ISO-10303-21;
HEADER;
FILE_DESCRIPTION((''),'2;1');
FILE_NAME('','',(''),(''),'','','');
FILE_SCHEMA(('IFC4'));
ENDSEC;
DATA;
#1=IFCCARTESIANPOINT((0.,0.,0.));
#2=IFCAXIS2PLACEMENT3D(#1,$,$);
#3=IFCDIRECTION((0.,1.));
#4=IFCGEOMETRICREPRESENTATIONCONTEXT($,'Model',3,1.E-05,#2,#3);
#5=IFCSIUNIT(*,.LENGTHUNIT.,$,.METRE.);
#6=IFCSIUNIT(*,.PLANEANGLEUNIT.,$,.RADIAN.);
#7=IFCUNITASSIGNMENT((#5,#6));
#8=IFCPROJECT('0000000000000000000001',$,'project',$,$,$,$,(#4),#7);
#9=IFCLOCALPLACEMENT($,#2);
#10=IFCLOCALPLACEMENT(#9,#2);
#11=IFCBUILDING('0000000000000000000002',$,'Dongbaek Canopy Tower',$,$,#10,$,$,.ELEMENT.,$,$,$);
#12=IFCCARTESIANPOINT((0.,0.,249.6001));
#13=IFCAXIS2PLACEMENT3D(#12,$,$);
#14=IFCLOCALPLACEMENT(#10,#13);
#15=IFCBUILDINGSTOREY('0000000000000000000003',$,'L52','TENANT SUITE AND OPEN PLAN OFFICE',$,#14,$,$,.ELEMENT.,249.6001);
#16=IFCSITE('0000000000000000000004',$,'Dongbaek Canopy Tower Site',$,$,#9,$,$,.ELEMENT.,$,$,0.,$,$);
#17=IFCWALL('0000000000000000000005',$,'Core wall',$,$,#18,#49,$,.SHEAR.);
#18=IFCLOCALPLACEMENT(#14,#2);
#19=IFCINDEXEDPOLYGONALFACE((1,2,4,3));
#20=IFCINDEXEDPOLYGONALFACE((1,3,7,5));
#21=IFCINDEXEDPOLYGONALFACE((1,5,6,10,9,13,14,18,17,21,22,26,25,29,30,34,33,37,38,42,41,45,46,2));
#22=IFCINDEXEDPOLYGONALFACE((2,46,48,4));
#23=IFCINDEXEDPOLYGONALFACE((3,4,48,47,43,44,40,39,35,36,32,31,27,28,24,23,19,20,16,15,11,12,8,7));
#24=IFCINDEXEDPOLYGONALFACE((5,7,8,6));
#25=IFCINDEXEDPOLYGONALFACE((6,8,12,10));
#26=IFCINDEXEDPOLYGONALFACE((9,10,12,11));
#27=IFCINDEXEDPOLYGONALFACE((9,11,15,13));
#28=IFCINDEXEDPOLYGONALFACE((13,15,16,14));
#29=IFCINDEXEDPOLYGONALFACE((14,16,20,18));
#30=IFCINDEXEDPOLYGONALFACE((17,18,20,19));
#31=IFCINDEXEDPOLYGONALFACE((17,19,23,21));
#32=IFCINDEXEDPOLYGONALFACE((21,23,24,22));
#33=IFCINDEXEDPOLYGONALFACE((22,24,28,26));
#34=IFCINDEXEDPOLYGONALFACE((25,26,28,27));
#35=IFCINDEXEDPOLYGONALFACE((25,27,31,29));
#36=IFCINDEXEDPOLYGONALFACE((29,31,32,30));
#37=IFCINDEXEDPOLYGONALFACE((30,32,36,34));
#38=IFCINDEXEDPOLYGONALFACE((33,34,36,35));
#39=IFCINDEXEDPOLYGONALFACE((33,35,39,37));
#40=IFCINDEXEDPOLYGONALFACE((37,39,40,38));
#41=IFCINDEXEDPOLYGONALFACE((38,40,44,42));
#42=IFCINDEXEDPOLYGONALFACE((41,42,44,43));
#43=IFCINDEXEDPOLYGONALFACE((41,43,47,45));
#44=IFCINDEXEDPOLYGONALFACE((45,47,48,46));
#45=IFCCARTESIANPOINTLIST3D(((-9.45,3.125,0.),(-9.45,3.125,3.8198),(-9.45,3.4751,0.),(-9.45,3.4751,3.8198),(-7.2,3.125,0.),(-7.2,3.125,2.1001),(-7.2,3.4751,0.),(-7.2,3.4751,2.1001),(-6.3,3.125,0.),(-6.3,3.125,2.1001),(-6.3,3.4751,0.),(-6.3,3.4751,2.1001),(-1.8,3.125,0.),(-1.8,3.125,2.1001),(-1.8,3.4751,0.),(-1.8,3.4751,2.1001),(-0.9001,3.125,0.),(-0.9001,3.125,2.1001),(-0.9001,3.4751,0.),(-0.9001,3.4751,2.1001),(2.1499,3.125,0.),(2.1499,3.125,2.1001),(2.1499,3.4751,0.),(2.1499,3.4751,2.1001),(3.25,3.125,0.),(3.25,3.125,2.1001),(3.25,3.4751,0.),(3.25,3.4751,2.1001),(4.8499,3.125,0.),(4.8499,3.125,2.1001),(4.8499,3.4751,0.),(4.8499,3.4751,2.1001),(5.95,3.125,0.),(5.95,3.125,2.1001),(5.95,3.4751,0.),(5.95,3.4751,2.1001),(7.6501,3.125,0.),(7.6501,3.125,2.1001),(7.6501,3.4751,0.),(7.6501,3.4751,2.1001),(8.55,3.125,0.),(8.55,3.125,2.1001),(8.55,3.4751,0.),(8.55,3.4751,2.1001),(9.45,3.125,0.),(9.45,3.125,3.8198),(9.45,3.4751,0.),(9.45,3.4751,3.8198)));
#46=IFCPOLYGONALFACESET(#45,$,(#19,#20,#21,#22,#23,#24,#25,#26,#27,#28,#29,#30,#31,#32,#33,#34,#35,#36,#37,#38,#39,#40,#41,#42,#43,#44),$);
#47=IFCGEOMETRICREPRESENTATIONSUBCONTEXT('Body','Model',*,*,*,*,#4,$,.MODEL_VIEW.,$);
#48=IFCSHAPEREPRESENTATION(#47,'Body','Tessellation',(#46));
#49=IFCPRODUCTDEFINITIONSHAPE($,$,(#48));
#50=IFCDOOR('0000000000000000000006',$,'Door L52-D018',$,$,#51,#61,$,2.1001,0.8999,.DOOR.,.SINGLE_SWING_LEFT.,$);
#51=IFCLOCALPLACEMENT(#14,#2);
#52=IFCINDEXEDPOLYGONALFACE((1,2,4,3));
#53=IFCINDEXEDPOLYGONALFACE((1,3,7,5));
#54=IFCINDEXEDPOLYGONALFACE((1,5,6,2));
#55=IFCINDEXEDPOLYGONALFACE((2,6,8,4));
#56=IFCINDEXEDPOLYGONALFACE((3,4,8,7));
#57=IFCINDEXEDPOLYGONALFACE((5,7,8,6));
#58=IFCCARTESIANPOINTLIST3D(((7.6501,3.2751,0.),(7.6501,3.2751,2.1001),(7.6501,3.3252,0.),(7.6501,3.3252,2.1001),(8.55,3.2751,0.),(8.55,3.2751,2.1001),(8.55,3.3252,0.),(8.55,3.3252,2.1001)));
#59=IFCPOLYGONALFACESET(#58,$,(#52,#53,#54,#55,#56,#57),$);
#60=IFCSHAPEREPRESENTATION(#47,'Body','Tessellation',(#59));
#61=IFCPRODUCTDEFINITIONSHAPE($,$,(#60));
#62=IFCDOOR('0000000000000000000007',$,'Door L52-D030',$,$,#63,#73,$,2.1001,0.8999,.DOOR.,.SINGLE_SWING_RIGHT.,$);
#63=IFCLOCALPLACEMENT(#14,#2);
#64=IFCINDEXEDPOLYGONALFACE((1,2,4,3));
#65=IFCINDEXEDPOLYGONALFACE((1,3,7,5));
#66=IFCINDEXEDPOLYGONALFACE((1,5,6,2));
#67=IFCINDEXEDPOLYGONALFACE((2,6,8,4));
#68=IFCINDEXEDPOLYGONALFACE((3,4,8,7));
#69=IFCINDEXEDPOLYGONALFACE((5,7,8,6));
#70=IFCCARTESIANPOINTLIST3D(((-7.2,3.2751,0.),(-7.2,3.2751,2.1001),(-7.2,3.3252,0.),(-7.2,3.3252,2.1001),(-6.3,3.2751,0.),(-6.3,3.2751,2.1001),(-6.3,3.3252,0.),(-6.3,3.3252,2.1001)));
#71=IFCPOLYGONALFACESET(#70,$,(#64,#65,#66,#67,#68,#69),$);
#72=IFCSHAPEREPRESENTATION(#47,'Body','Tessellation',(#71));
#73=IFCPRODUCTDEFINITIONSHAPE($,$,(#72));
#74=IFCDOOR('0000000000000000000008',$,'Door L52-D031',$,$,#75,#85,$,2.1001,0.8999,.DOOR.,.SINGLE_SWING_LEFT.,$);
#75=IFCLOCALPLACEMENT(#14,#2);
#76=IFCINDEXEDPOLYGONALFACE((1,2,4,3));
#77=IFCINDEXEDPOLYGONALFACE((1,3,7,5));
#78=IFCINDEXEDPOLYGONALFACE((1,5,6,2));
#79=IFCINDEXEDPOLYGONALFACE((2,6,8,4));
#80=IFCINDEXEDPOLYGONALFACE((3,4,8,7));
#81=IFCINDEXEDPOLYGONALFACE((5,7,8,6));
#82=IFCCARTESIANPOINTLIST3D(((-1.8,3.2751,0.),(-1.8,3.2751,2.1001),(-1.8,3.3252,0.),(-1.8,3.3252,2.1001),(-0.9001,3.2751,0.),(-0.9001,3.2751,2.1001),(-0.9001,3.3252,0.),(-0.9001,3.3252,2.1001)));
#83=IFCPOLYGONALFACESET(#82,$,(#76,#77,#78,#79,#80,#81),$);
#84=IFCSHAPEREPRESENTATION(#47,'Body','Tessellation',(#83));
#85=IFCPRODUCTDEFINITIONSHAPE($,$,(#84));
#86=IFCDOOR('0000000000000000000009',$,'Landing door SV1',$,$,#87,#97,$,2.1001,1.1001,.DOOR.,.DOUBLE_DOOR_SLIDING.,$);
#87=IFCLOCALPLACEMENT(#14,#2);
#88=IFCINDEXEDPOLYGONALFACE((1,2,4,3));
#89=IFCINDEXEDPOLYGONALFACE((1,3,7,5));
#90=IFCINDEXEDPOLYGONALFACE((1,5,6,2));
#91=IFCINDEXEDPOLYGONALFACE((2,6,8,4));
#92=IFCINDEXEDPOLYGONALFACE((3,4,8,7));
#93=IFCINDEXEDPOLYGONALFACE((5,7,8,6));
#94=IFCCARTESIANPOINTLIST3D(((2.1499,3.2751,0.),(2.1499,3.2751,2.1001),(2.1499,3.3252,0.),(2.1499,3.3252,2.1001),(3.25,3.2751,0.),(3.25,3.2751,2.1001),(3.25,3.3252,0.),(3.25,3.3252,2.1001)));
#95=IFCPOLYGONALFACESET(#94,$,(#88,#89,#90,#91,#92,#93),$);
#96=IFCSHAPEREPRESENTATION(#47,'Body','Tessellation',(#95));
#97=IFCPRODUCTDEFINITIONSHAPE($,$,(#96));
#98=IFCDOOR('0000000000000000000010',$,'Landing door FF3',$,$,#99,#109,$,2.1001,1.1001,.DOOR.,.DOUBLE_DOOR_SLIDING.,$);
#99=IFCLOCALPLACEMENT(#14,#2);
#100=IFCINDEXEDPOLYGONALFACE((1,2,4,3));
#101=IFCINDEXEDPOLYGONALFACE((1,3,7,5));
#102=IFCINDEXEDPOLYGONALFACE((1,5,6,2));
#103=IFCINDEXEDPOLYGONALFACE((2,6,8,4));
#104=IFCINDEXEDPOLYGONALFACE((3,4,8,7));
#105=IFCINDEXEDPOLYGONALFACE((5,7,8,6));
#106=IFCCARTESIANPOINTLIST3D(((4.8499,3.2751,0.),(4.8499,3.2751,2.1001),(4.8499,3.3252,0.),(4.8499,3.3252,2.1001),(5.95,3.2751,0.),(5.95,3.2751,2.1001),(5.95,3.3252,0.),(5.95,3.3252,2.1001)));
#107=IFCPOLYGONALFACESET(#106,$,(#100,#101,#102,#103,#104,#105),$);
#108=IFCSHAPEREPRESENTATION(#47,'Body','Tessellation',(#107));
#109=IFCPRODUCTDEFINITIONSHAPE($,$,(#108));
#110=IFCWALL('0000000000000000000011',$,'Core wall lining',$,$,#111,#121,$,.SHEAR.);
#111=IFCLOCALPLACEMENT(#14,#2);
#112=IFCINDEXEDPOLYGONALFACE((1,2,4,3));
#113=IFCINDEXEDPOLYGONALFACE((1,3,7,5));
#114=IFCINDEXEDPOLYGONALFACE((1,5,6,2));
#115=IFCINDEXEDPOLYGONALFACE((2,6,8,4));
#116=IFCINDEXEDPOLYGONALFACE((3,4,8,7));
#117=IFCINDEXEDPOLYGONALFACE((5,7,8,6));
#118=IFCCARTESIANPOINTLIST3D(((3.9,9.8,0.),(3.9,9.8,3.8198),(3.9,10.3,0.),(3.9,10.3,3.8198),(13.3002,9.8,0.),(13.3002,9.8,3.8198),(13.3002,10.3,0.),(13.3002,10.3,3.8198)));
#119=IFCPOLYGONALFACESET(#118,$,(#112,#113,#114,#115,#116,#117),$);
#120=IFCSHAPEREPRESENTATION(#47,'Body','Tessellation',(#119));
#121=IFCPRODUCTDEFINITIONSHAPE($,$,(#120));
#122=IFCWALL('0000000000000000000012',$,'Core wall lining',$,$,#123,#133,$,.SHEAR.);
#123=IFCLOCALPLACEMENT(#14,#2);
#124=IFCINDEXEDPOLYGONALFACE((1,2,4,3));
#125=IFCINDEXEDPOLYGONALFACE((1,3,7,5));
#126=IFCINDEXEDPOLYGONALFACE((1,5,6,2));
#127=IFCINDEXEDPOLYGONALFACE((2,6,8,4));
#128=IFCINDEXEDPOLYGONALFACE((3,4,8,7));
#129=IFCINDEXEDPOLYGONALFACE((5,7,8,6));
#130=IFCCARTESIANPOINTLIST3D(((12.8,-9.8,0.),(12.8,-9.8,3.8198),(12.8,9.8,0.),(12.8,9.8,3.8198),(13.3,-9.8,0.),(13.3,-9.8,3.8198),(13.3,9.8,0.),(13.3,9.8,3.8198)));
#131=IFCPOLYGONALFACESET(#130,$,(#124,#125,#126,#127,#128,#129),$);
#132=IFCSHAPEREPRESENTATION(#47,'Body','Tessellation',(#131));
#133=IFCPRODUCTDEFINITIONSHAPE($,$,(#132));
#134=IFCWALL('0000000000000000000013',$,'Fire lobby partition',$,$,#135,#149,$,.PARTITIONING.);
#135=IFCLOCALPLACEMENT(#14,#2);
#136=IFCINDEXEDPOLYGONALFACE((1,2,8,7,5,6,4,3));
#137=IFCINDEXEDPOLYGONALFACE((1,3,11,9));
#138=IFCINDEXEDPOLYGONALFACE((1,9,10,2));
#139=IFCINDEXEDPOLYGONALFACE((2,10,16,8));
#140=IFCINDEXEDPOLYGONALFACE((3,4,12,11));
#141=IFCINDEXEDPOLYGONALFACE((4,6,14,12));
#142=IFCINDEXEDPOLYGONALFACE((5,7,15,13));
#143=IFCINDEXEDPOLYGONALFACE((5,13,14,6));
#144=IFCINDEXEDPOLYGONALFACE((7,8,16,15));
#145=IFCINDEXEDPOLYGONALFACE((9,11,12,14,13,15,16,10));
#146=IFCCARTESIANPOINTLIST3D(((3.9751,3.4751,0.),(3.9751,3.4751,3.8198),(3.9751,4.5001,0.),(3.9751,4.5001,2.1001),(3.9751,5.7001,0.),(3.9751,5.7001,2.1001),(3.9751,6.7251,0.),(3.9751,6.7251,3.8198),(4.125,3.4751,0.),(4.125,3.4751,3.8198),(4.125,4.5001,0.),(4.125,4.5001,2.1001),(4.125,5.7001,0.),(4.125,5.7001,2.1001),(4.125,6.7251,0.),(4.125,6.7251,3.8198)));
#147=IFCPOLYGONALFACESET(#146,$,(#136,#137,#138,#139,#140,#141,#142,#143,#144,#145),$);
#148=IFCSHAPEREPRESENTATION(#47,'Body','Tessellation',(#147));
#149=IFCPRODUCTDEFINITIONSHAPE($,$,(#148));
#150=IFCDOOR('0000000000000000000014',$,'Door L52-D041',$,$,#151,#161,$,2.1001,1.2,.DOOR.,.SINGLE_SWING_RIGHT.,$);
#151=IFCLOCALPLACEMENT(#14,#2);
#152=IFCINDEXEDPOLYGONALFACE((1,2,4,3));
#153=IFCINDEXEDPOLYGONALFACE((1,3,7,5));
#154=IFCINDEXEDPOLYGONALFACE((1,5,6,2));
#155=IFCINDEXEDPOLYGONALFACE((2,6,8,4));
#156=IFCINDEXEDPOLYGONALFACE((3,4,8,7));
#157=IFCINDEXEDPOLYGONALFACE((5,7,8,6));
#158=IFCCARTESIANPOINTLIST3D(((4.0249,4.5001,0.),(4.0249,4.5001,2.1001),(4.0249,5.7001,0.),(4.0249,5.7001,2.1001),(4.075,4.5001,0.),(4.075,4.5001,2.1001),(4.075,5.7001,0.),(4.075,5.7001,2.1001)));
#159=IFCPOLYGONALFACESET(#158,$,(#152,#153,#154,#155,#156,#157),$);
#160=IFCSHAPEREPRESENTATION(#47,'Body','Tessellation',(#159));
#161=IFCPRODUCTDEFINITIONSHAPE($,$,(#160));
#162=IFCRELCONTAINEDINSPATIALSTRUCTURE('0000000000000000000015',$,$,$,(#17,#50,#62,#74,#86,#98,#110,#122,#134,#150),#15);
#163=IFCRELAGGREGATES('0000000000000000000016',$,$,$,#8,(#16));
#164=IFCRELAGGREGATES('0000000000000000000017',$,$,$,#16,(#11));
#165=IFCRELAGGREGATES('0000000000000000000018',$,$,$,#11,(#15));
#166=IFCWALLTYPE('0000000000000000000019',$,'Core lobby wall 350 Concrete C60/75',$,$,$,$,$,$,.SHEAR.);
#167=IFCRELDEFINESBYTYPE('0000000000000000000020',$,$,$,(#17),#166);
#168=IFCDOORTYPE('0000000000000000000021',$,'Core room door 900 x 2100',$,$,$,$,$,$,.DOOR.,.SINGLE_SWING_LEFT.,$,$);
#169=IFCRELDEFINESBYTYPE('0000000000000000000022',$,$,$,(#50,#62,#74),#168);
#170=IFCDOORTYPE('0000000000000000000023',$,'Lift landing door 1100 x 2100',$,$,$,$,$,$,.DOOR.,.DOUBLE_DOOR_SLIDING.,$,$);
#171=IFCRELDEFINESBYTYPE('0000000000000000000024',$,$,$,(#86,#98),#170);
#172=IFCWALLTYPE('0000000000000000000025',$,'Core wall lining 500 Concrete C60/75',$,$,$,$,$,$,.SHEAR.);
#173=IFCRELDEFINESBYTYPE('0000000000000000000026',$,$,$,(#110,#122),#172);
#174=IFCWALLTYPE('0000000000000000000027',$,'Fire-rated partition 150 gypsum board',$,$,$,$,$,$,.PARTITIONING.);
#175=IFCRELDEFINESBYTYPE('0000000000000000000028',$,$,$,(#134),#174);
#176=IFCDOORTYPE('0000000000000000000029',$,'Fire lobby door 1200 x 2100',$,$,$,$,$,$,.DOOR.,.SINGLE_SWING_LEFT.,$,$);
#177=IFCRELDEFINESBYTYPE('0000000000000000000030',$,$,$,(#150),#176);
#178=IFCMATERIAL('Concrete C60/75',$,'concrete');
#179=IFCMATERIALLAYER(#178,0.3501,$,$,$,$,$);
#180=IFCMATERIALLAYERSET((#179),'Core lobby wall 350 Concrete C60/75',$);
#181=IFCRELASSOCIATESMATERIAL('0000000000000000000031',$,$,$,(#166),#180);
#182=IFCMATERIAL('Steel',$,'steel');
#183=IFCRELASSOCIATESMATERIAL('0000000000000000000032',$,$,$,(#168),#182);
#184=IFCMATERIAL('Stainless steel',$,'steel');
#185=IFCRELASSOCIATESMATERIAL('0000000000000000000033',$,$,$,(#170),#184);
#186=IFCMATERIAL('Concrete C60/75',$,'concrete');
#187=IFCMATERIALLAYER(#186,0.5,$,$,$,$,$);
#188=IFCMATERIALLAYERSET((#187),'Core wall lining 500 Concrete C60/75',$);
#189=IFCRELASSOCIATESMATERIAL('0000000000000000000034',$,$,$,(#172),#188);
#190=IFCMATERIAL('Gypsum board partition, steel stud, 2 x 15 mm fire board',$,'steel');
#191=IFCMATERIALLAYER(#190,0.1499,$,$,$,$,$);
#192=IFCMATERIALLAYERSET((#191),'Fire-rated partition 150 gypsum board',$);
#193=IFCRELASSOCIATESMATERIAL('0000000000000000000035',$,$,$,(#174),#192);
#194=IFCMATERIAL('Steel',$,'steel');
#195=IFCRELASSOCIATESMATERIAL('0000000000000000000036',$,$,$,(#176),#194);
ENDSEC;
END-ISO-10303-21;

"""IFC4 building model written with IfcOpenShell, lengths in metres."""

from ifc_helpers import new_model, si_unit, direction, frame, frame_2d, origin, place, context, subcontext, project, spatial, rectangle, extrude, material, layer, layer_set, type_object, element, fill, save


model = new_model("IFC4")

# Units and contexts
model_context = context("Model", 3, precision=1e-05, world=origin(), true_north=direction((0.0, 1.0)))
body_context = subcontext(model_context, "Body", "Model", "MODEL_VIEW")
ifc_project = project(units=[si_unit("LENGTHUNIT", "METRE"), si_unit("PLANEANGLEUNIT", "RADIAN")], contexts=[model_context])

# Site, building, storey
site_placement = place(None, origin())
site = spatial("IfcSite", under=ifc_project, at=site_placement, Name="Dongbaek Canopy Tower Site", CompositionType="ELEMENT", RefElevation=0.0)
building_placement = place(site_placement, origin())
building = spatial("IfcBuilding", under=site, at=building_placement, Name="Dongbaek Canopy Tower", CompositionType="ELEMENT")
storey_placement = place(building_placement, frame((0.0, 0.0, 249.6001)))
storey = spatial("IfcBuildingStorey", under=building, at=storey_placement, Name="L52", Description="TENANT SUITE AND OPEN PLAN OFFICE", CompositionType="ELEMENT", Elevation=249.6001)

# Wall, openings, doors
ifc_material_1 = material(Name="Concrete C60/75", Category="concrete")
ifc_layer_1 = layer(ifc_material_1, 0.3501)
ifc_layer_set_1 = layer_set([ifc_layer_1], Name="Core lobby wall 350 Concrete C60/75")
wall_type_1 = type_object("IfcWallType", Name="Core lobby wall 350 Concrete C60/75", PredefinedType="SHEAR", material=ifc_layer_set_1)
wall_1_placement = place(storey_placement, frame((9.45, 3.3, 0.0), z_axis=(0.0, 0.0, 1.0), x_axis=(-1.0, 0.0, 0.0)))
wall_1 = element("IfcWall", 1, at=wall_1_placement, inside=storey, type_object=wall_type_1, Name="Core wall", PredefinedType="SHEAR", context=body_context, shape_type="SweptSolid", body=[
    extrude(rectangle(XDim=18.8999, YDim=0.3501, at=frame_2d((9.45, 0.0))), origin(), (0.0, 0.0, 1.0), 3.8198),
])
opening_1_placement = place(wall_1_placement, frame((6.2, 0.0, 0.0)))
opening_1 = element("IfcOpeningElement", 2, at=opening_1_placement, cuts=wall_1, PredefinedType="OPENING", context=body_context, shape_type="SweptSolid", body=[
    extrude(rectangle(XDim=1.1001, YDim=2.1001, at=frame_2d((0.55, 1.05))), frame((0.0, 0.1851, 0.0), z_axis=(0.0, -1.0, 0.0), x_axis=(1.0, 0.0, 0.0)), (0.0, 0.0, 1.0), 0.3701),
])
opening_2_placement = place(wall_1_placement, frame((3.5, 0.0, 0.0)))
opening_2 = element("IfcOpeningElement", 3, at=opening_2_placement, cuts=wall_1, PredefinedType="OPENING", context=body_context, shape_type="SweptSolid", body=[
    extrude(rectangle(XDim=1.1001, YDim=2.1001, at=frame_2d((0.55, 1.05))), frame((0.0, 0.1851, 0.0), z_axis=(0.0, -1.0, 0.0), x_axis=(1.0, 0.0, 0.0)), (0.0, 0.0, 1.0), 0.3701),
])
opening_3_placement = place(wall_1_placement, frame((0.8999, 0.0, 0.0)))
opening_3 = element("IfcOpeningElement", 4, at=opening_3_placement, cuts=wall_1, PredefinedType="OPENING", context=body_context, shape_type="SweptSolid", body=[
    extrude(rectangle(XDim=0.8999, YDim=2.1001, at=frame_2d((0.45, 1.05))), frame((0.0, 0.1851, 0.0), z_axis=(0.0, -1.0, 0.0), x_axis=(1.0, 0.0, 0.0)), (0.0, 0.0, 1.0), 0.3701),
])
opening_4_placement = place(wall_1_placement, frame((15.75, 0.0, 0.0)))
opening_4 = element("IfcOpeningElement", 5, at=opening_4_placement, cuts=wall_1, PredefinedType="OPENING", context=body_context, shape_type="SweptSolid", body=[
    extrude(rectangle(XDim=0.8999, YDim=2.1001, at=frame_2d((0.45, 1.05))), frame((0.0, 0.1851, 0.0), z_axis=(0.0, -1.0, 0.0), x_axis=(1.0, 0.0, 0.0)), (0.0, 0.0, 1.0), 0.3701),
])
opening_5_placement = place(wall_1_placement, frame((10.3501, 0.0, 0.0)))
opening_5 = element("IfcOpeningElement", 6, at=opening_5_placement, cuts=wall_1, PredefinedType="OPENING", context=body_context, shape_type="SweptSolid", body=[
    extrude(rectangle(XDim=0.8999, YDim=2.1001, at=frame_2d((0.45, 1.05))), frame((0.0, 0.1851, 0.0), z_axis=(0.0, -1.0, 0.0), x_axis=(1.0, 0.0, 0.0)), (0.0, 0.0, 1.0), 0.3701),
])
ifc_material_2 = material(Name="Steel", Category="steel")
door_type_1 = type_object("IfcDoorType", Name="Core room door 900 x 2100", OperationType="SINGLE_SWING_LEFT", PredefinedType="DOOR", material=ifc_material_2)
door_1_placement = place(opening_3_placement, origin())
door_1 = element("IfcDoor", 7, at=door_1_placement, inside=storey, type_object=door_type_1, Name="Door L52-D018", OperationType="SINGLE_SWING_LEFT", OverallHeight=2.1001, OverallWidth=0.8999, PredefinedType="DOOR", context=body_context, shape_type="SweptSolid", body=[
    extrude(rectangle(XDim=0.8999, YDim=2.1001, at=frame_2d((0.45, 1.05))), frame((0.0, 0.0249, 0.0), z_axis=(0.0, -1.0, 0.0), x_axis=(1.0, 0.0, 0.0)), (0.0, 0.0, 1.0), 0.05),
])
fill(opening_3, door_1)
door_2_placement = place(opening_4_placement, origin())
door_2 = element("IfcDoor", 8, at=door_2_placement, inside=storey, type_object=door_type_1, Name="Door L52-D030", OperationType="SINGLE_SWING_RIGHT", OverallHeight=2.1001, OverallWidth=0.8999, PredefinedType="DOOR", context=body_context, shape_type="SweptSolid", body=[
    extrude(rectangle(XDim=0.8999, YDim=2.1001, at=frame_2d((0.45, 1.05))), frame((0.0, 0.0249, 0.0), z_axis=(0.0, -1.0, 0.0), x_axis=(1.0, 0.0, 0.0)), (0.0, 0.0, 1.0), 0.05),
])
fill(opening_4, door_2)
door_3_placement = place(opening_5_placement, origin())
door_3 = element("IfcDoor", 9, at=door_3_placement, inside=storey, type_object=door_type_1, Name="Door L52-D031", OperationType="SINGLE_SWING_LEFT", OverallHeight=2.1001, OverallWidth=0.8999, PredefinedType="DOOR", context=body_context, shape_type="SweptSolid", body=[
    extrude(rectangle(XDim=0.8999, YDim=2.1001, at=frame_2d((0.45, 1.05))), frame((0.0, 0.0249, 0.0), z_axis=(0.0, -1.0, 0.0), x_axis=(1.0, 0.0, 0.0)), (0.0, 0.0, 1.0), 0.05),
])
fill(opening_5, door_3)
ifc_material_3 = material(Name="Stainless steel", Category="steel")
door_type_2 = type_object("IfcDoorType", Name="Lift landing door 1100 x 2100", OperationType="DOUBLE_DOOR_SLIDING", PredefinedType="DOOR", material=ifc_material_3)
door_4_placement = place(opening_1_placement, origin())
door_4 = element("IfcDoor", 10, at=door_4_placement, inside=storey, type_object=door_type_2, Name="Landing door SV1", OperationType="DOUBLE_DOOR_SLIDING", OverallHeight=2.1001, OverallWidth=1.1001, PredefinedType="DOOR", context=body_context, shape_type="SweptSolid", body=[
    extrude(rectangle(XDim=1.1001, YDim=2.1001, at=frame_2d((0.55, 1.05))), frame((0.0, 0.0249, 0.0), z_axis=(0.0, -1.0, 0.0), x_axis=(1.0, 0.0, 0.0)), (0.0, 0.0, 1.0), 0.05),
])
fill(opening_1, door_4)
door_5_placement = place(opening_2_placement, origin())
door_5 = element("IfcDoor", 11, at=door_5_placement, inside=storey, type_object=door_type_2, Name="Landing door FF3", OperationType="DOUBLE_DOOR_SLIDING", OverallHeight=2.1001, OverallWidth=1.1001, PredefinedType="DOOR", context=body_context, shape_type="SweptSolid", body=[
    extrude(rectangle(XDim=1.1001, YDim=2.1001, at=frame_2d((0.55, 1.05))), frame((0.0, 0.0249, 0.0), z_axis=(0.0, -1.0, 0.0), x_axis=(1.0, 0.0, 0.0)), (0.0, 0.0, 1.0), 0.05),
])
fill(opening_2, door_5)

# Walls
ifc_material_4 = material(Name="Concrete C60/75", Category="concrete")
ifc_layer_2 = layer(ifc_material_4, 0.5)
ifc_layer_set_2 = layer_set([ifc_layer_2], Name="Core wall lining 500 Concrete C60/75")
wall_type_2 = type_object("IfcWallType", Name="Core wall lining 500 Concrete C60/75", PredefinedType="SHEAR", material=ifc_layer_set_2)
wall_2_placement = place(storey_placement, frame((3.8999, 10.05, 0.0), z_axis=(0.0, 0.0, 1.0), x_axis=(1.0, 0.0, 0.0)))
element("IfcWall", 12, at=wall_2_placement, inside=storey, type_object=wall_type_2, Name="Core wall lining", PredefinedType="SHEAR", context=body_context, shape_type="SweptSolid", body=[
    extrude(rectangle(XDim=9.4001, YDim=0.5, at=frame_2d((4.7002, 0.0))), origin(), (0.0, 0.0, 1.0), 3.8198),
])
wall_3_placement = place(storey_placement, frame((13.05, 9.8, 0.0), z_axis=(0.0, 0.0, 1.0), x_axis=(0.0, -1.0, 0.0)))
element("IfcWall", 13, at=wall_3_placement, inside=storey, type_object=wall_type_2, Name="Core wall lining", PredefinedType="SHEAR", context=body_context, shape_type="SweptSolid", body=[
    extrude(rectangle(XDim=19.6001, YDim=0.5, at=frame_2d((9.8, 0.0))), origin(), (0.0, 0.0, 1.0), 3.8198),
])

# Wall, opening, door
ifc_material_5 = material(Name="Gypsum board partition, steel stud, 2 x 15 mm fire board", Category="steel")
ifc_layer_3 = layer(ifc_material_5, 0.1499)
ifc_layer_set_3 = layer_set([ifc_layer_3], Name="Fire-rated partition 150 gypsum board")
wall_type_3 = type_object("IfcWallType", Name="Fire-rated partition 150 gypsum board", PredefinedType="PARTITIONING", material=ifc_layer_set_3)
wall_4_placement = place(storey_placement, frame((4.05, 6.7251, 0.0), z_axis=(0.0, 0.0, 1.0), x_axis=(0.0, -1.0, 0.0)))
wall_4 = element("IfcWall", 14, at=wall_4_placement, inside=storey, type_object=wall_type_3, Name="Fire lobby partition", PredefinedType="PARTITIONING", context=body_context, shape_type="SweptSolid", body=[
    extrude(rectangle(XDim=3.25, YDim=0.1499, at=frame_2d((1.625, 0.0))), origin(), (0.0, 0.0, 1.0), 3.8198),
])
opening_6_placement = place(wall_4_placement, frame((1.0249, 0.0, 0.0)))
opening_6 = element("IfcOpeningElement", 15, at=opening_6_placement, cuts=wall_4, PredefinedType="OPENING", context=body_context, shape_type="SweptSolid", body=[
    extrude(rectangle(XDim=1.2, YDim=2.1001, at=frame_2d((0.6001, 1.05))), frame((0.0, 0.085, 0.0), z_axis=(0.0, -1.0, 0.0), x_axis=(1.0, 0.0, 0.0)), (0.0, 0.0, 1.0), 0.1699),
])
ifc_material_6 = material(Name="Steel", Category="steel")
door_type_3 = type_object("IfcDoorType", Name="Fire lobby door 1200 x 2100", OperationType="SINGLE_SWING_LEFT", PredefinedType="DOOR", material=ifc_material_6)
door_6_placement = place(opening_6_placement, origin())
door_6 = element("IfcDoor", 16, at=door_6_placement, inside=storey, type_object=door_type_3, Name="Door L52-D041", OperationType="SINGLE_SWING_RIGHT", OverallHeight=2.1001, OverallWidth=1.2, PredefinedType="DOOR", context=body_context, shape_type="SweptSolid", body=[
    extrude(rectangle(XDim=1.2, YDim=2.1001, at=frame_2d((0.6001, 1.05))), frame((0.0, 0.0249, 0.0), z_axis=(0.0, -1.0, 0.0), x_axis=(1.0, 0.0, 0.0)), (0.0, 0.0, 1.0), 0.05),
])
fill(opening_6, door_6)

save(model, "model.ifc")
